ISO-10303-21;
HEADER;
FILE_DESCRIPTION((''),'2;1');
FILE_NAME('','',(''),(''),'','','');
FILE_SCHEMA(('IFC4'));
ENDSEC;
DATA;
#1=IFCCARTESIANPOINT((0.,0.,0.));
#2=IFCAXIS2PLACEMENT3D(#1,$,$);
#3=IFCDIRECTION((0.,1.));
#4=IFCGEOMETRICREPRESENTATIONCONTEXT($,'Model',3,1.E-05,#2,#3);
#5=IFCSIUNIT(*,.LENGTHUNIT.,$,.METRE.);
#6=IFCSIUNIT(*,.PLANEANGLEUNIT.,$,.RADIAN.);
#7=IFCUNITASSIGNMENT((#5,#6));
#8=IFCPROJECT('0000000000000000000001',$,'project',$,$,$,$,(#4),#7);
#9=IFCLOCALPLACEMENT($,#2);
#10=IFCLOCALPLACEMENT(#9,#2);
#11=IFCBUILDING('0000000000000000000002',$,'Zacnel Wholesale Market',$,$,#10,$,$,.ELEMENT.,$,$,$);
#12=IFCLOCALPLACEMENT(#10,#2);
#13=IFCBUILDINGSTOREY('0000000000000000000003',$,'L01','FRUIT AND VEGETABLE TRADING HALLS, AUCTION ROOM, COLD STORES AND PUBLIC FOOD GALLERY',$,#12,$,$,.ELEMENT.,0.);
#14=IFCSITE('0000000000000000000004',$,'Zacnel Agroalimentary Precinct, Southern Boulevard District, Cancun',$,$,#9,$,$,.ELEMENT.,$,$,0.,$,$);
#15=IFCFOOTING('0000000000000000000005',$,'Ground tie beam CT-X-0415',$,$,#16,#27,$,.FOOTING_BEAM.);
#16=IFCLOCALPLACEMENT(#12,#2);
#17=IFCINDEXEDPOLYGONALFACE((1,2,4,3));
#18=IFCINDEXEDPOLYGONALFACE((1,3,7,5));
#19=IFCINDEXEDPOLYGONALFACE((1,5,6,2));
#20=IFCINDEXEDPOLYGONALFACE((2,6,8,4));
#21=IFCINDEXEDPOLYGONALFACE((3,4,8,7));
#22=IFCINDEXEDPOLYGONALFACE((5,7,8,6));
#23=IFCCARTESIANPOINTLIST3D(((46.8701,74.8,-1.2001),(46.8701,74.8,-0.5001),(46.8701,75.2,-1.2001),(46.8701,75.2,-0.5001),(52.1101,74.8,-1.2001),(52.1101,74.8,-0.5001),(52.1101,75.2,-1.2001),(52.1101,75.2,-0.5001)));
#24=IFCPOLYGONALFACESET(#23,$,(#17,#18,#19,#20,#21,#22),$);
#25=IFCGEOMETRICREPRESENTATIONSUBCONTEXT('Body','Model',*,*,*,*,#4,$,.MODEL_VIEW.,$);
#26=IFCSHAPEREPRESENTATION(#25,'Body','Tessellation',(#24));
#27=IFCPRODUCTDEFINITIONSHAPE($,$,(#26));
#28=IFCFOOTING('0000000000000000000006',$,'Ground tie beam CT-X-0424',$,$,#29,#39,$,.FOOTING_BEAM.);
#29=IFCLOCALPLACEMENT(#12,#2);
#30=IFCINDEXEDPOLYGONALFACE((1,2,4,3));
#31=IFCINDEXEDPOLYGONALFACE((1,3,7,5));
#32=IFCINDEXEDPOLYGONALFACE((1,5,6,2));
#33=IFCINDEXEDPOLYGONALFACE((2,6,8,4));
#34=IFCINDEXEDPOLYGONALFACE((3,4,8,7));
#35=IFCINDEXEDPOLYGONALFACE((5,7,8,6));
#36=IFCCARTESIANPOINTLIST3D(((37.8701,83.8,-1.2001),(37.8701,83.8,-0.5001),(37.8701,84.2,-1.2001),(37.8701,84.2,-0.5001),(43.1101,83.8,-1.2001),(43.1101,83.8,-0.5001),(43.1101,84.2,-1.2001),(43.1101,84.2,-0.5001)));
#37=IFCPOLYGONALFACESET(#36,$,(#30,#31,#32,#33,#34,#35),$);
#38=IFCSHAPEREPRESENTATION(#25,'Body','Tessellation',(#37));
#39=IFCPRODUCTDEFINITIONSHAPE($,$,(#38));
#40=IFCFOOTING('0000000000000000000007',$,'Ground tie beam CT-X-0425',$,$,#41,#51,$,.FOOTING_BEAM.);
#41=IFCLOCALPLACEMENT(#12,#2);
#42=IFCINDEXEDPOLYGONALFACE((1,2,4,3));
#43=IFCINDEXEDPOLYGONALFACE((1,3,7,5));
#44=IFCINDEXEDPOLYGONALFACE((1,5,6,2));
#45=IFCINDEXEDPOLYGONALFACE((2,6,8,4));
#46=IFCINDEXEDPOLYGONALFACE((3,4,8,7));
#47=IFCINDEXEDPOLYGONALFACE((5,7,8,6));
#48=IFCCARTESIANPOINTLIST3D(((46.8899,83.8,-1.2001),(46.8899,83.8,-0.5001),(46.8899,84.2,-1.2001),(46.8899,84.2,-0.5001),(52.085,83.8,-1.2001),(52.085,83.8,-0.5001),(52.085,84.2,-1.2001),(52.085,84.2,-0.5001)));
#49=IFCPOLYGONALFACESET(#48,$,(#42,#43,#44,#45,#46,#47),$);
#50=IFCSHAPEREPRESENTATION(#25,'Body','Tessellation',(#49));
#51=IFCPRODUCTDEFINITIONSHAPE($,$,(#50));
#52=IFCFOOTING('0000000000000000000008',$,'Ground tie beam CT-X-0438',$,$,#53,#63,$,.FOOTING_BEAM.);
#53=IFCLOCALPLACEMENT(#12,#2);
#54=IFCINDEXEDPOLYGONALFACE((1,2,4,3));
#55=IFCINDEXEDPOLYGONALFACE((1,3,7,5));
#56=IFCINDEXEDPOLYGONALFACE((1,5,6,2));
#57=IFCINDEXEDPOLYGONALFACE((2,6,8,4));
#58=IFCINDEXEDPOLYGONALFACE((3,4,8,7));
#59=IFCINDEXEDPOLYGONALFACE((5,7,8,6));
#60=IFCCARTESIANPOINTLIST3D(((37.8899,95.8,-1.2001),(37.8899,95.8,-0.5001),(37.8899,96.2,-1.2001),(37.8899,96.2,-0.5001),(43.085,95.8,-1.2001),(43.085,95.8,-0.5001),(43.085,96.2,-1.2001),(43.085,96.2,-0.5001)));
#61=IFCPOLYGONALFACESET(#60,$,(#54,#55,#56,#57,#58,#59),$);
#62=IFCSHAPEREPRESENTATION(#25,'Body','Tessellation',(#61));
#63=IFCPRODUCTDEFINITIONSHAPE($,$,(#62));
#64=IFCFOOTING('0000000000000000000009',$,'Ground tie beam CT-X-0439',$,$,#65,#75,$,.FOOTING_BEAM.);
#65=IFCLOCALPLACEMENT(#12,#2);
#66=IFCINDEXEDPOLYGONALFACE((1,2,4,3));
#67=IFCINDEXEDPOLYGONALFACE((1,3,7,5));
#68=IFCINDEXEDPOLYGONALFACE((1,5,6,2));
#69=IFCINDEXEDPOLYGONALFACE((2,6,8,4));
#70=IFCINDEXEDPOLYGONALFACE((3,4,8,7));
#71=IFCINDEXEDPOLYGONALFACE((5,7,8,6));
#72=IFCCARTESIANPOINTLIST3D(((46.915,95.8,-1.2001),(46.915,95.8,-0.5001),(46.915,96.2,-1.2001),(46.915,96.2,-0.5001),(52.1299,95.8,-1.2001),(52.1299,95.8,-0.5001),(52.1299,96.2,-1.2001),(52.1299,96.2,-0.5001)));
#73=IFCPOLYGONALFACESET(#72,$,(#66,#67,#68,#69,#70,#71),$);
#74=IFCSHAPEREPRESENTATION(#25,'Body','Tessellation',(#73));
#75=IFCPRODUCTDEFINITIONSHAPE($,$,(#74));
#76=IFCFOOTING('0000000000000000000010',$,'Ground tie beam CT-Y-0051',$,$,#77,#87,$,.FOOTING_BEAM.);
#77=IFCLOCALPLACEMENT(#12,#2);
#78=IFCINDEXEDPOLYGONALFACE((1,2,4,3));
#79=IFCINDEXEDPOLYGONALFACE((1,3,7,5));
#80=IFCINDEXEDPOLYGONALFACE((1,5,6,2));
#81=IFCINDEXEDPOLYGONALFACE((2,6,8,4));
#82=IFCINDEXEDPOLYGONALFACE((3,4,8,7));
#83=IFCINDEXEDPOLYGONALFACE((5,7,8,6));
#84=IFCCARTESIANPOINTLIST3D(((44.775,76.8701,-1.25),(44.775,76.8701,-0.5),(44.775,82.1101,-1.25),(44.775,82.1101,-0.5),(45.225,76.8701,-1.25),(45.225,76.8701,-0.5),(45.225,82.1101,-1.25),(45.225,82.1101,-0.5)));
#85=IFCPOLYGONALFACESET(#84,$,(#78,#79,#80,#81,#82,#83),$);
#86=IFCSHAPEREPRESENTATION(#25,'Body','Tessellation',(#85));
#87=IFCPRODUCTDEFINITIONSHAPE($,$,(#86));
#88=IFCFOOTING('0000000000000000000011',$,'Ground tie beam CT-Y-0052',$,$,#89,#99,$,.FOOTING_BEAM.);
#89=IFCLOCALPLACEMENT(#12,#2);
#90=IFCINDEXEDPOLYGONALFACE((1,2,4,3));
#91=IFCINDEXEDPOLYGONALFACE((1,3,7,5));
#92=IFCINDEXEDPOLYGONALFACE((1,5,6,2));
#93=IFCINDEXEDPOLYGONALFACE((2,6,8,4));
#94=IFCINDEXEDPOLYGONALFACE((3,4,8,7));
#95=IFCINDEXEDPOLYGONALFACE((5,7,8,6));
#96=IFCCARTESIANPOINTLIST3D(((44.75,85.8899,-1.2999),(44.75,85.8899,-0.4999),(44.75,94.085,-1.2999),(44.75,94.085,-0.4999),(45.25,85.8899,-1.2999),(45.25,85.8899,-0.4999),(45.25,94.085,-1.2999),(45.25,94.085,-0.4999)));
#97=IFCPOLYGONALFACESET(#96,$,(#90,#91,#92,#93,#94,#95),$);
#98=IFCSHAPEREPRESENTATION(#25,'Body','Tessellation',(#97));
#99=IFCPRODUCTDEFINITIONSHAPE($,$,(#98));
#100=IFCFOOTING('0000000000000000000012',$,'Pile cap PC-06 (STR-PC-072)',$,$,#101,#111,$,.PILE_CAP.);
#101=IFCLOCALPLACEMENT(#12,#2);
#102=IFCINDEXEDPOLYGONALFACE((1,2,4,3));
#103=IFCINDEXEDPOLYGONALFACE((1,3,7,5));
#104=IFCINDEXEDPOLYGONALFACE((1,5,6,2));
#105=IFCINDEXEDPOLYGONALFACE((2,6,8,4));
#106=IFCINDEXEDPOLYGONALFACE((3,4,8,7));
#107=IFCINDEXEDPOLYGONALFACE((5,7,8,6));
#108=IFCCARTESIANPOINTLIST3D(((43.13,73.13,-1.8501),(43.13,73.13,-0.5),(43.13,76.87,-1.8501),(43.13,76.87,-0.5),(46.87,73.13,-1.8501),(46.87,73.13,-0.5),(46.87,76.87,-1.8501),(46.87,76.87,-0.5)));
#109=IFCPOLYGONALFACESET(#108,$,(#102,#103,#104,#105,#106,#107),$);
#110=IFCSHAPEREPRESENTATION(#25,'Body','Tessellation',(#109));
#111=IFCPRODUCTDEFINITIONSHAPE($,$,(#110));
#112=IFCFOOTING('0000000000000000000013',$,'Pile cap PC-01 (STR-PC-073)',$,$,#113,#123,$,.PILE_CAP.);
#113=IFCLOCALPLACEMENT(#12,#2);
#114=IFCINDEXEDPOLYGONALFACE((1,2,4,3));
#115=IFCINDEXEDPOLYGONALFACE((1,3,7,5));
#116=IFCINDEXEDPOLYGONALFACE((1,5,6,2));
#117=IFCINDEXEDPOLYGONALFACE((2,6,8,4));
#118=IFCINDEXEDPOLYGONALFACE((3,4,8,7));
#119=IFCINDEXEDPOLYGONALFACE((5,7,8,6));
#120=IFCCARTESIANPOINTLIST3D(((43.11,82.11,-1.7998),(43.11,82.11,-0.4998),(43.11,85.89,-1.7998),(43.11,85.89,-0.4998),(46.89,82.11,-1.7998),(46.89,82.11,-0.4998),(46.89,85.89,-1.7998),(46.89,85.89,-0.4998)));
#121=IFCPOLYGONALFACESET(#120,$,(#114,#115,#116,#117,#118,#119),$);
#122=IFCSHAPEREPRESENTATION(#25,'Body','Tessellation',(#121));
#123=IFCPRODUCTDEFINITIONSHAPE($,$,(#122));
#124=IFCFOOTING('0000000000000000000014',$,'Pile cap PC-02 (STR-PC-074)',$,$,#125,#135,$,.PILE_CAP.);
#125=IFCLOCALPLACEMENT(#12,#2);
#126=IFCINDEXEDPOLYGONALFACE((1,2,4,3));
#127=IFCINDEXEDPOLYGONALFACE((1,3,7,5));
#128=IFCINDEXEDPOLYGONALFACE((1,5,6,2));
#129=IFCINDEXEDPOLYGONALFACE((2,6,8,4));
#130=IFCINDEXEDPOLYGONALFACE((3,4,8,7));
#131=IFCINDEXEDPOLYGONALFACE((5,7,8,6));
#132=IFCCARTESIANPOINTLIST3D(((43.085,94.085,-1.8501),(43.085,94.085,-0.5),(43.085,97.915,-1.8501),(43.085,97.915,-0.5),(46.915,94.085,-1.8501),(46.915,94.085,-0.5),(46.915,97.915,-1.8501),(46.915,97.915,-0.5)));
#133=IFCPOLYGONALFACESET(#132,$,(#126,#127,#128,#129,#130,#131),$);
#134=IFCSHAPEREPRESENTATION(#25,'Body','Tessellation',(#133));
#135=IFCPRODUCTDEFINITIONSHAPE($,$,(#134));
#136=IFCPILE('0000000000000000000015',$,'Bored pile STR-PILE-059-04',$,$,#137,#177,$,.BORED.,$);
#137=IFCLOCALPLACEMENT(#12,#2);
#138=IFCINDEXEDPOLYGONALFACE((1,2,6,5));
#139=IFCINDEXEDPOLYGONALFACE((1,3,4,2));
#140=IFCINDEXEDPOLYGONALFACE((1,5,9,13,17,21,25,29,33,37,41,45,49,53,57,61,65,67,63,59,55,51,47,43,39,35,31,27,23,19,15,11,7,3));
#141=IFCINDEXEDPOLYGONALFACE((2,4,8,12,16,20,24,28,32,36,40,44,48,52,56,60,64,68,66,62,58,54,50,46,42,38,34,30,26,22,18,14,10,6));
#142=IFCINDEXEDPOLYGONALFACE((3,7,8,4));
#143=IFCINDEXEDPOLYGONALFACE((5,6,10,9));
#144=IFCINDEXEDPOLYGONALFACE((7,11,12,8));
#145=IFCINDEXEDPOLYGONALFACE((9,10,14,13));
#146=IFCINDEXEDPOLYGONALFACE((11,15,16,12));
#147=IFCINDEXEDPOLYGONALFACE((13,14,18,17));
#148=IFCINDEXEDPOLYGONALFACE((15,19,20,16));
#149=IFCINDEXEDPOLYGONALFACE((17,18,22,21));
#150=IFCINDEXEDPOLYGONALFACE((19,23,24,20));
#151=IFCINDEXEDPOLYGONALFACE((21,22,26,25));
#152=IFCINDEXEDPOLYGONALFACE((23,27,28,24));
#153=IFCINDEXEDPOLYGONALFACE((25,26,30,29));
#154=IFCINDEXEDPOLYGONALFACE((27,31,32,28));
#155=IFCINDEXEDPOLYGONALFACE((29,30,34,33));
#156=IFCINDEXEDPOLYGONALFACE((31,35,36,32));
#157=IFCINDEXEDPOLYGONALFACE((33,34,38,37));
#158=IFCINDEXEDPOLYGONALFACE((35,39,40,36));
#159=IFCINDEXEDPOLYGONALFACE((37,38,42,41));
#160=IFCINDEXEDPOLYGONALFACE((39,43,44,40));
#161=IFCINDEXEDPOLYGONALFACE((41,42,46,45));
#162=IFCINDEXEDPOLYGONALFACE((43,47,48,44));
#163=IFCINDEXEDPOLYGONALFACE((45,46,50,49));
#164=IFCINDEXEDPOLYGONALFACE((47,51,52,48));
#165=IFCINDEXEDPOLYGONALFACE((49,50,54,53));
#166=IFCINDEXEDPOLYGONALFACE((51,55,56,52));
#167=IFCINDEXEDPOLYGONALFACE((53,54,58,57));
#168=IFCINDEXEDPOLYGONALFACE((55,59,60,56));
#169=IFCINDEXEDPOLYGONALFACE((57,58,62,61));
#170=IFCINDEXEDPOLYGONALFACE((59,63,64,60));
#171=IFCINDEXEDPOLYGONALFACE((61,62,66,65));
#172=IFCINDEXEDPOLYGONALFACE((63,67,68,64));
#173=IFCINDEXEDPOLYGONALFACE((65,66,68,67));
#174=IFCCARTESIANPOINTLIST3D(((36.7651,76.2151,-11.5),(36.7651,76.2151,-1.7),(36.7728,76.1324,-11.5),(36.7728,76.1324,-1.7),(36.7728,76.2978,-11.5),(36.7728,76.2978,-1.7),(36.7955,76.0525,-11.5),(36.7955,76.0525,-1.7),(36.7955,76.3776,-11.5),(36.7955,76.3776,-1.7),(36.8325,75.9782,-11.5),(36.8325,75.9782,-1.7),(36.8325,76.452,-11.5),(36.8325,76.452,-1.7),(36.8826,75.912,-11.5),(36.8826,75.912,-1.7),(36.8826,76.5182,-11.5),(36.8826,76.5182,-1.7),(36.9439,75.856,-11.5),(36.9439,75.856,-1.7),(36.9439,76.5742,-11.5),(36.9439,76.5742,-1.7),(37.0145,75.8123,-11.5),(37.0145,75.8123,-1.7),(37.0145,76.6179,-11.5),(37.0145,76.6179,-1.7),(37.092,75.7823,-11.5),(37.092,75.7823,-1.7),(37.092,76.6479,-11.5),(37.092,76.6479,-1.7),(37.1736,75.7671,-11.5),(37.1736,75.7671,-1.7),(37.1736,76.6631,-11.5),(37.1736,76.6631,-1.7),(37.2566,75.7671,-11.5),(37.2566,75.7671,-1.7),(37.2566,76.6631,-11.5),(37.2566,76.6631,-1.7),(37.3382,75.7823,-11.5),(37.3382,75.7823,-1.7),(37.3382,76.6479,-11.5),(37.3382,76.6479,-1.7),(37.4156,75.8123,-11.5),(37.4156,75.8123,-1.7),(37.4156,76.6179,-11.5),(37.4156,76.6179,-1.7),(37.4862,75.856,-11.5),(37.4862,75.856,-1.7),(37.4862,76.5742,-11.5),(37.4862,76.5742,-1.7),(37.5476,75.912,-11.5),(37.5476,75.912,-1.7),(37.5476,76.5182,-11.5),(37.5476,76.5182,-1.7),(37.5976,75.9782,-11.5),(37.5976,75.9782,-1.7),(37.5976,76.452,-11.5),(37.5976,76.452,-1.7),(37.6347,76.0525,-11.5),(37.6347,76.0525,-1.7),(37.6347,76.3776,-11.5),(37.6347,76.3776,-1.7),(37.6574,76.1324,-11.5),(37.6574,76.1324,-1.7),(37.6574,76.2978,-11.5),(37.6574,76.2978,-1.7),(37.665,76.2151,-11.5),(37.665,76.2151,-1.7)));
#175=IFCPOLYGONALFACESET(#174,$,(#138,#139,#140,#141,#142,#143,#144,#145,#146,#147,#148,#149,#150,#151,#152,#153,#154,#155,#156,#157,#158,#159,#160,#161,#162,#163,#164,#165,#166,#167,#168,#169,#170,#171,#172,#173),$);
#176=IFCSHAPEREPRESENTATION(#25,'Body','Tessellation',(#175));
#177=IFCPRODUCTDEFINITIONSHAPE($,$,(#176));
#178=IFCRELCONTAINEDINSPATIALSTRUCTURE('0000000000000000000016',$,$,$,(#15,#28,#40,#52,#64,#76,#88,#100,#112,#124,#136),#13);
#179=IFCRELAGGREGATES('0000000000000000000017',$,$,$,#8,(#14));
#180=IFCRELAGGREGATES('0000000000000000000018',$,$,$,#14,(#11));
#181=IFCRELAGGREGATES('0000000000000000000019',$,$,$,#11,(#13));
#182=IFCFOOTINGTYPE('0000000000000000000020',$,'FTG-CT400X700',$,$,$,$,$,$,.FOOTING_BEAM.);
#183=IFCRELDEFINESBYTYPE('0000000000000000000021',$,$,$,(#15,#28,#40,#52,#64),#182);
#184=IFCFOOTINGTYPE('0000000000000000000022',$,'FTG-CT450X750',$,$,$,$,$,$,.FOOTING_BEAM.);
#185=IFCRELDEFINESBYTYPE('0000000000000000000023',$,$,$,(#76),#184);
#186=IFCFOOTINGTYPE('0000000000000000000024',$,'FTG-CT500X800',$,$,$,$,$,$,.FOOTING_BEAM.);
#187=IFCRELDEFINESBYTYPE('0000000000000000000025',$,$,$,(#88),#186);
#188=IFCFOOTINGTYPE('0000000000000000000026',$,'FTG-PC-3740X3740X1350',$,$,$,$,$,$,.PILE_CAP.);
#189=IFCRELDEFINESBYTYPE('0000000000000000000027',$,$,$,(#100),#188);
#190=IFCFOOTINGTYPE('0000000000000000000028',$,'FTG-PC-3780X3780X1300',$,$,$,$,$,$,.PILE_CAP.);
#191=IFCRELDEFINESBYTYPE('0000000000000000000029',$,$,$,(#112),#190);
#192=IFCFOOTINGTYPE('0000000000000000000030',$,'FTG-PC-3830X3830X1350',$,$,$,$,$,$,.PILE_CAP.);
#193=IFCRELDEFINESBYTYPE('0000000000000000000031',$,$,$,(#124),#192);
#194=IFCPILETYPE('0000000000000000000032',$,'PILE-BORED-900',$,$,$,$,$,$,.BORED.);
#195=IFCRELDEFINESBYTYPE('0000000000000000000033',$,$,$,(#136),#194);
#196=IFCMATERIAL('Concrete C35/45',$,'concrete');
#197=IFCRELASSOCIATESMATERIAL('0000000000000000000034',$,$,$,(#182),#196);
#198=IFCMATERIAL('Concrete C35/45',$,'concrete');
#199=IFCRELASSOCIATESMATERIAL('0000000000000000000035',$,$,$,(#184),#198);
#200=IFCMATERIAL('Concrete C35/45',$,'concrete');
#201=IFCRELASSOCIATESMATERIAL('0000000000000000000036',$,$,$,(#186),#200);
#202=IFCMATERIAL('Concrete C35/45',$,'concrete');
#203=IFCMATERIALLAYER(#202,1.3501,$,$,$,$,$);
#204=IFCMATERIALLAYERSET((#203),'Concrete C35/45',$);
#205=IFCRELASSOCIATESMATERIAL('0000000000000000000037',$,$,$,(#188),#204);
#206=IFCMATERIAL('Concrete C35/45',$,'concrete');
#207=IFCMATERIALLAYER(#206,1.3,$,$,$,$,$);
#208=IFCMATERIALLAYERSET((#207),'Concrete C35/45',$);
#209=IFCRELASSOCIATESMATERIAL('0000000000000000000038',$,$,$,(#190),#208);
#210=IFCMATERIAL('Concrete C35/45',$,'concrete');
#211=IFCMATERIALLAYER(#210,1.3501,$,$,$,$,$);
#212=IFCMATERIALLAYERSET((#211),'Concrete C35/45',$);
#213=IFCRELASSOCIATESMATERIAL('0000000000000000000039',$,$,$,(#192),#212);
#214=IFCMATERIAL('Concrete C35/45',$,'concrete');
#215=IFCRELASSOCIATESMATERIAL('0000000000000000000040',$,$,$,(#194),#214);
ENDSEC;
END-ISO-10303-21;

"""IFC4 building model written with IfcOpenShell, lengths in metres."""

from ifc_helpers import new_model, si_unit, direction, frame, origin, origin_2d, place, context, subcontext, project, spatial, rectangle, circle, extrude, material, layer, layer_set, material_profile, profile_set, type_object, element, save


model = new_model("IFC4")

# Units and contexts
model_context = context("Model", 3, precision=1e-05, world=origin(), true_north=direction((0.0, 1.0)))
body_context = subcontext(model_context, "Body", "Model", "MODEL_VIEW")
ifc_project = project(units=[si_unit("LENGTHUNIT", "METRE"), si_unit("PLANEANGLEUNIT", "RADIAN")], contexts=[model_context])

# Site, building, storey
site_placement = place(None, origin())
site = spatial("IfcSite", under=ifc_project, at=site_placement, Name="Zacnel Agroalimentary Precinct, Southern Boulevard District, Cancun", CompositionType="ELEMENT", RefElevation=0.0)
building_placement = place(site_placement, origin())
building = spatial("IfcBuilding", under=site, at=building_placement, Name="Zacnel Wholesale Market", CompositionType="ELEMENT")
storey_placement = place(building_placement, origin())
storey = spatial("IfcBuildingStorey", under=building, at=storey_placement, Name="L01", Description="FRUIT AND VEGETABLE TRADING HALLS, AUCTION ROOM, COLD STORES AND PUBLIC FOOD GALLERY", CompositionType="ELEMENT", Elevation=0.0)

# Footings
ifc_material_1 = material(Name="Concrete C35/45", Category="concrete")
ifc_material_profile_1 = material_profile(ifc_material_1, rectangle(XDim=0.3999, YDim=0.7, at=origin_2d()), Name="CT 400x700")
ifc_profile_set_1 = profile_set([ifc_material_profile_1], Name="Concrete C35/45")
footing_type_1 = type_object("IfcFootingType", Name="FTG-CT400X700", PredefinedType="FOOTING_BEAM", material=ifc_profile_set_1)
for number, where, z_axis, x_axis, name in (
    (1, (46.8701, 75.0, -0.8501), (1.0, 0.0, 0.0), (0.0, 1.0, 0.0), "Ground tie beam CT-X-0415"),
    (2, (37.8701, 84.0, -0.8501), (1.0, 0.0, 0.0), (0.0, 1.0, 0.0), "Ground tie beam CT-X-0424"),
):
    element("IfcFooting", number, at=place(storey_placement, frame(where, z_axis=z_axis, x_axis=x_axis)), inside=storey, type_object=footing_type_1, Name=name, PredefinedType="FOOTING_BEAM", context=body_context, shape_type="SweptSolid", body=[
        extrude(rectangle(XDim=0.3999, YDim=0.7, at=origin_2d()), origin(), (0.0, 0.0, 1.0), 5.24),
    ])
for number, where, z_axis, x_axis, name in (
    (3, (46.8899, 84.0, -0.8501), (1.0, 0.0, 0.0), (0.0, 1.0, 0.0), "Ground tie beam CT-X-0425"),
    (4, (37.8899, 96.0, -0.8501), (1.0, 0.0, 0.0), (0.0, 1.0, 0.0), "Ground tie beam CT-X-0438"),
):
    element("IfcFooting", number, at=place(storey_placement, frame(where, z_axis=z_axis, x_axis=x_axis)), inside=storey, type_object=footing_type_1, Name=name, PredefinedType="FOOTING_BEAM", context=body_context, shape_type="SweptSolid", body=[
        extrude(rectangle(XDim=0.3999, YDim=0.7, at=origin_2d()), origin(), (0.0, 0.0, 1.0), 5.1951),
    ])
footing_1_placement = place(storey_placement, frame((46.915, 96.0, -0.8501), z_axis=(1.0, 0.0, 0.0), x_axis=(0.0, 1.0, 0.0)))
element("IfcFooting", 5, at=footing_1_placement, inside=storey, type_object=footing_type_1, Name="Ground tie beam CT-X-0439", PredefinedType="FOOTING_BEAM", context=body_context, shape_type="SweptSolid", body=[
    extrude(rectangle(XDim=0.3999, YDim=0.7, at=origin_2d()), origin(), (0.0, 0.0, 1.0), 5.2148),
])
ifc_material_2 = material(Name="Concrete C35/45", Category="concrete")
ifc_material_profile_2 = material_profile(ifc_material_2, rectangle(XDim=0.45, YDim=0.75, at=origin_2d()), Name="CT 450x750")
ifc_profile_set_2 = profile_set([ifc_material_profile_2], Name="Concrete C35/45")
footing_type_2 = type_object("IfcFootingType", Name="FTG-CT450X750", PredefinedType="FOOTING_BEAM", material=ifc_profile_set_2)
footing_2_placement = place(storey_placement, frame((45.0, 76.8701, -0.875), z_axis=(0.0, 1.0, 0.0), x_axis=(-1.0, 0.0, 0.0)))
element("IfcFooting", 6, at=footing_2_placement, inside=storey, type_object=footing_type_2, Name="Ground tie beam CT-Y-0051", PredefinedType="FOOTING_BEAM", context=body_context, shape_type="SweptSolid", body=[
    extrude(rectangle(XDim=0.45, YDim=0.75, at=origin_2d()), origin(), (0.0, 0.0, 1.0), 5.24),
])
ifc_material_3 = material(Name="Concrete C35/45", Category="concrete")
ifc_material_profile_3 = material_profile(ifc_material_3, rectangle(XDim=0.5, YDim=0.8, at=origin_2d()), Name="CT 500x800")
ifc_profile_set_3 = profile_set([ifc_material_profile_3], Name="Concrete C35/45")
footing_type_3 = type_object("IfcFootingType", Name="FTG-CT500X800", PredefinedType="FOOTING_BEAM", material=ifc_profile_set_3)
footing_3_placement = place(storey_placement, frame((45.0, 85.8899, -0.8999), z_axis=(0.0, 1.0, 0.0), x_axis=(-1.0, 0.0, 0.0)))
element("IfcFooting", 7, at=footing_3_placement, inside=storey, type_object=footing_type_3, Name="Ground tie beam CT-Y-0052", PredefinedType="FOOTING_BEAM", context=body_context, shape_type="SweptSolid", body=[
    extrude(rectangle(XDim=0.5, YDim=0.8, at=origin_2d()), origin(), (0.0, 0.0, 1.0), 8.1951),
])
ifc_material_4 = material(Name="Concrete C35/45", Category="concrete")
ifc_layer_1 = layer(ifc_material_4, 1.3501)
ifc_layer_set_1 = layer_set([ifc_layer_1], Name="Concrete C35/45")
footing_type_4 = type_object("IfcFootingType", Name="FTG-PC-3740X3740X1350", PredefinedType="PILE_CAP", material=ifc_layer_set_1)
footing_4_placement = place(storey_placement, frame((45.0, 75.0, -1.8501), z_axis=(0.0, 0.0, 1.0), x_axis=(1.0, 0.0, 0.0)))
element("IfcFooting", 8, at=footing_4_placement, inside=storey, type_object=footing_type_4, Name="Pile cap PC-06 (STR-PC-072)", PredefinedType="PILE_CAP", context=body_context, shape_type="SweptSolid", body=[
    extrude(rectangle(XDim=3.74, YDim=3.74, at=origin_2d()), origin(), (0.0, 0.0, 1.0), 1.3501),
])
ifc_material_5 = material(Name="Concrete C35/45", Category="concrete")
ifc_layer_2 = layer(ifc_material_5, 1.3)
ifc_layer_set_2 = layer_set([ifc_layer_2], Name="Concrete C35/45")
footing_type_5 = type_object("IfcFootingType", Name="FTG-PC-3780X3780X1300", PredefinedType="PILE_CAP", material=ifc_layer_set_2)
footing_5_placement = place(storey_placement, frame((45.0, 84.0, -1.7998), z_axis=(0.0, 0.0, 1.0), x_axis=(1.0, 0.0, 0.0)))
element("IfcFooting", 9, at=footing_5_placement, inside=storey, type_object=footing_type_5, Name="Pile cap PC-01 (STR-PC-073)", PredefinedType="PILE_CAP", context=body_context, shape_type="SweptSolid", body=[
    extrude(rectangle(XDim=3.78, YDim=3.78, at=origin_2d()), origin(), (0.0, 0.0, 1.0), 1.3),
])
ifc_material_6 = material(Name="Concrete C35/45", Category="concrete")
ifc_layer_3 = layer(ifc_material_6, 1.3501)
ifc_layer_set_3 = layer_set([ifc_layer_3], Name="Concrete C35/45")
footing_type_6 = type_object("IfcFootingType", Name="FTG-PC-3830X3830X1350", PredefinedType="PILE_CAP", material=ifc_layer_set_3)
footing_6_placement = place(storey_placement, frame((45.0, 96.0, -1.8501), z_axis=(0.0, 0.0, 1.0), x_axis=(1.0, 0.0, 0.0)))
element("IfcFooting", 10, at=footing_6_placement, inside=storey, type_object=footing_type_6, Name="Pile cap PC-02 (STR-PC-074)", PredefinedType="PILE_CAP", context=body_context, shape_type="SweptSolid", body=[
    extrude(rectangle(XDim=3.8301, YDim=3.8301, at=origin_2d()), origin(), (0.0, 0.0, 1.0), 1.3501),
])

# Pile
ifc_material_7 = material(Name="Concrete C35/45", Category="concrete")
ifc_material_profile_4 = material_profile(ifc_material_7, circle(Radius=0.45, at=origin_2d()), Name="BORED PILE D900")
ifc_profile_set_4 = profile_set([ifc_material_profile_4], Name="Concrete C35/45")
pile_type = type_object("IfcPileType", Name="PILE-BORED-900", PredefinedType="BORED", material=ifc_profile_set_4)
pile_1_placement = place(storey_placement, frame((37.2151, 76.2151, -1.7), z_axis=(0.0, 0.0, -1.0), x_axis=(1.0, 0.0, 0.0)))
element("IfcPile", 11, at=pile_1_placement, inside=storey, type_object=pile_type, Name="Bored pile STR-PILE-059-04", PredefinedType="BORED", context=body_context, shape_type="SweptSolid", body=[
    extrude(circle(Radius=0.45, at=origin_2d()), origin(), (0.0, 0.0, 1.0), 9.8),
])

save(model, "model.ifc")
